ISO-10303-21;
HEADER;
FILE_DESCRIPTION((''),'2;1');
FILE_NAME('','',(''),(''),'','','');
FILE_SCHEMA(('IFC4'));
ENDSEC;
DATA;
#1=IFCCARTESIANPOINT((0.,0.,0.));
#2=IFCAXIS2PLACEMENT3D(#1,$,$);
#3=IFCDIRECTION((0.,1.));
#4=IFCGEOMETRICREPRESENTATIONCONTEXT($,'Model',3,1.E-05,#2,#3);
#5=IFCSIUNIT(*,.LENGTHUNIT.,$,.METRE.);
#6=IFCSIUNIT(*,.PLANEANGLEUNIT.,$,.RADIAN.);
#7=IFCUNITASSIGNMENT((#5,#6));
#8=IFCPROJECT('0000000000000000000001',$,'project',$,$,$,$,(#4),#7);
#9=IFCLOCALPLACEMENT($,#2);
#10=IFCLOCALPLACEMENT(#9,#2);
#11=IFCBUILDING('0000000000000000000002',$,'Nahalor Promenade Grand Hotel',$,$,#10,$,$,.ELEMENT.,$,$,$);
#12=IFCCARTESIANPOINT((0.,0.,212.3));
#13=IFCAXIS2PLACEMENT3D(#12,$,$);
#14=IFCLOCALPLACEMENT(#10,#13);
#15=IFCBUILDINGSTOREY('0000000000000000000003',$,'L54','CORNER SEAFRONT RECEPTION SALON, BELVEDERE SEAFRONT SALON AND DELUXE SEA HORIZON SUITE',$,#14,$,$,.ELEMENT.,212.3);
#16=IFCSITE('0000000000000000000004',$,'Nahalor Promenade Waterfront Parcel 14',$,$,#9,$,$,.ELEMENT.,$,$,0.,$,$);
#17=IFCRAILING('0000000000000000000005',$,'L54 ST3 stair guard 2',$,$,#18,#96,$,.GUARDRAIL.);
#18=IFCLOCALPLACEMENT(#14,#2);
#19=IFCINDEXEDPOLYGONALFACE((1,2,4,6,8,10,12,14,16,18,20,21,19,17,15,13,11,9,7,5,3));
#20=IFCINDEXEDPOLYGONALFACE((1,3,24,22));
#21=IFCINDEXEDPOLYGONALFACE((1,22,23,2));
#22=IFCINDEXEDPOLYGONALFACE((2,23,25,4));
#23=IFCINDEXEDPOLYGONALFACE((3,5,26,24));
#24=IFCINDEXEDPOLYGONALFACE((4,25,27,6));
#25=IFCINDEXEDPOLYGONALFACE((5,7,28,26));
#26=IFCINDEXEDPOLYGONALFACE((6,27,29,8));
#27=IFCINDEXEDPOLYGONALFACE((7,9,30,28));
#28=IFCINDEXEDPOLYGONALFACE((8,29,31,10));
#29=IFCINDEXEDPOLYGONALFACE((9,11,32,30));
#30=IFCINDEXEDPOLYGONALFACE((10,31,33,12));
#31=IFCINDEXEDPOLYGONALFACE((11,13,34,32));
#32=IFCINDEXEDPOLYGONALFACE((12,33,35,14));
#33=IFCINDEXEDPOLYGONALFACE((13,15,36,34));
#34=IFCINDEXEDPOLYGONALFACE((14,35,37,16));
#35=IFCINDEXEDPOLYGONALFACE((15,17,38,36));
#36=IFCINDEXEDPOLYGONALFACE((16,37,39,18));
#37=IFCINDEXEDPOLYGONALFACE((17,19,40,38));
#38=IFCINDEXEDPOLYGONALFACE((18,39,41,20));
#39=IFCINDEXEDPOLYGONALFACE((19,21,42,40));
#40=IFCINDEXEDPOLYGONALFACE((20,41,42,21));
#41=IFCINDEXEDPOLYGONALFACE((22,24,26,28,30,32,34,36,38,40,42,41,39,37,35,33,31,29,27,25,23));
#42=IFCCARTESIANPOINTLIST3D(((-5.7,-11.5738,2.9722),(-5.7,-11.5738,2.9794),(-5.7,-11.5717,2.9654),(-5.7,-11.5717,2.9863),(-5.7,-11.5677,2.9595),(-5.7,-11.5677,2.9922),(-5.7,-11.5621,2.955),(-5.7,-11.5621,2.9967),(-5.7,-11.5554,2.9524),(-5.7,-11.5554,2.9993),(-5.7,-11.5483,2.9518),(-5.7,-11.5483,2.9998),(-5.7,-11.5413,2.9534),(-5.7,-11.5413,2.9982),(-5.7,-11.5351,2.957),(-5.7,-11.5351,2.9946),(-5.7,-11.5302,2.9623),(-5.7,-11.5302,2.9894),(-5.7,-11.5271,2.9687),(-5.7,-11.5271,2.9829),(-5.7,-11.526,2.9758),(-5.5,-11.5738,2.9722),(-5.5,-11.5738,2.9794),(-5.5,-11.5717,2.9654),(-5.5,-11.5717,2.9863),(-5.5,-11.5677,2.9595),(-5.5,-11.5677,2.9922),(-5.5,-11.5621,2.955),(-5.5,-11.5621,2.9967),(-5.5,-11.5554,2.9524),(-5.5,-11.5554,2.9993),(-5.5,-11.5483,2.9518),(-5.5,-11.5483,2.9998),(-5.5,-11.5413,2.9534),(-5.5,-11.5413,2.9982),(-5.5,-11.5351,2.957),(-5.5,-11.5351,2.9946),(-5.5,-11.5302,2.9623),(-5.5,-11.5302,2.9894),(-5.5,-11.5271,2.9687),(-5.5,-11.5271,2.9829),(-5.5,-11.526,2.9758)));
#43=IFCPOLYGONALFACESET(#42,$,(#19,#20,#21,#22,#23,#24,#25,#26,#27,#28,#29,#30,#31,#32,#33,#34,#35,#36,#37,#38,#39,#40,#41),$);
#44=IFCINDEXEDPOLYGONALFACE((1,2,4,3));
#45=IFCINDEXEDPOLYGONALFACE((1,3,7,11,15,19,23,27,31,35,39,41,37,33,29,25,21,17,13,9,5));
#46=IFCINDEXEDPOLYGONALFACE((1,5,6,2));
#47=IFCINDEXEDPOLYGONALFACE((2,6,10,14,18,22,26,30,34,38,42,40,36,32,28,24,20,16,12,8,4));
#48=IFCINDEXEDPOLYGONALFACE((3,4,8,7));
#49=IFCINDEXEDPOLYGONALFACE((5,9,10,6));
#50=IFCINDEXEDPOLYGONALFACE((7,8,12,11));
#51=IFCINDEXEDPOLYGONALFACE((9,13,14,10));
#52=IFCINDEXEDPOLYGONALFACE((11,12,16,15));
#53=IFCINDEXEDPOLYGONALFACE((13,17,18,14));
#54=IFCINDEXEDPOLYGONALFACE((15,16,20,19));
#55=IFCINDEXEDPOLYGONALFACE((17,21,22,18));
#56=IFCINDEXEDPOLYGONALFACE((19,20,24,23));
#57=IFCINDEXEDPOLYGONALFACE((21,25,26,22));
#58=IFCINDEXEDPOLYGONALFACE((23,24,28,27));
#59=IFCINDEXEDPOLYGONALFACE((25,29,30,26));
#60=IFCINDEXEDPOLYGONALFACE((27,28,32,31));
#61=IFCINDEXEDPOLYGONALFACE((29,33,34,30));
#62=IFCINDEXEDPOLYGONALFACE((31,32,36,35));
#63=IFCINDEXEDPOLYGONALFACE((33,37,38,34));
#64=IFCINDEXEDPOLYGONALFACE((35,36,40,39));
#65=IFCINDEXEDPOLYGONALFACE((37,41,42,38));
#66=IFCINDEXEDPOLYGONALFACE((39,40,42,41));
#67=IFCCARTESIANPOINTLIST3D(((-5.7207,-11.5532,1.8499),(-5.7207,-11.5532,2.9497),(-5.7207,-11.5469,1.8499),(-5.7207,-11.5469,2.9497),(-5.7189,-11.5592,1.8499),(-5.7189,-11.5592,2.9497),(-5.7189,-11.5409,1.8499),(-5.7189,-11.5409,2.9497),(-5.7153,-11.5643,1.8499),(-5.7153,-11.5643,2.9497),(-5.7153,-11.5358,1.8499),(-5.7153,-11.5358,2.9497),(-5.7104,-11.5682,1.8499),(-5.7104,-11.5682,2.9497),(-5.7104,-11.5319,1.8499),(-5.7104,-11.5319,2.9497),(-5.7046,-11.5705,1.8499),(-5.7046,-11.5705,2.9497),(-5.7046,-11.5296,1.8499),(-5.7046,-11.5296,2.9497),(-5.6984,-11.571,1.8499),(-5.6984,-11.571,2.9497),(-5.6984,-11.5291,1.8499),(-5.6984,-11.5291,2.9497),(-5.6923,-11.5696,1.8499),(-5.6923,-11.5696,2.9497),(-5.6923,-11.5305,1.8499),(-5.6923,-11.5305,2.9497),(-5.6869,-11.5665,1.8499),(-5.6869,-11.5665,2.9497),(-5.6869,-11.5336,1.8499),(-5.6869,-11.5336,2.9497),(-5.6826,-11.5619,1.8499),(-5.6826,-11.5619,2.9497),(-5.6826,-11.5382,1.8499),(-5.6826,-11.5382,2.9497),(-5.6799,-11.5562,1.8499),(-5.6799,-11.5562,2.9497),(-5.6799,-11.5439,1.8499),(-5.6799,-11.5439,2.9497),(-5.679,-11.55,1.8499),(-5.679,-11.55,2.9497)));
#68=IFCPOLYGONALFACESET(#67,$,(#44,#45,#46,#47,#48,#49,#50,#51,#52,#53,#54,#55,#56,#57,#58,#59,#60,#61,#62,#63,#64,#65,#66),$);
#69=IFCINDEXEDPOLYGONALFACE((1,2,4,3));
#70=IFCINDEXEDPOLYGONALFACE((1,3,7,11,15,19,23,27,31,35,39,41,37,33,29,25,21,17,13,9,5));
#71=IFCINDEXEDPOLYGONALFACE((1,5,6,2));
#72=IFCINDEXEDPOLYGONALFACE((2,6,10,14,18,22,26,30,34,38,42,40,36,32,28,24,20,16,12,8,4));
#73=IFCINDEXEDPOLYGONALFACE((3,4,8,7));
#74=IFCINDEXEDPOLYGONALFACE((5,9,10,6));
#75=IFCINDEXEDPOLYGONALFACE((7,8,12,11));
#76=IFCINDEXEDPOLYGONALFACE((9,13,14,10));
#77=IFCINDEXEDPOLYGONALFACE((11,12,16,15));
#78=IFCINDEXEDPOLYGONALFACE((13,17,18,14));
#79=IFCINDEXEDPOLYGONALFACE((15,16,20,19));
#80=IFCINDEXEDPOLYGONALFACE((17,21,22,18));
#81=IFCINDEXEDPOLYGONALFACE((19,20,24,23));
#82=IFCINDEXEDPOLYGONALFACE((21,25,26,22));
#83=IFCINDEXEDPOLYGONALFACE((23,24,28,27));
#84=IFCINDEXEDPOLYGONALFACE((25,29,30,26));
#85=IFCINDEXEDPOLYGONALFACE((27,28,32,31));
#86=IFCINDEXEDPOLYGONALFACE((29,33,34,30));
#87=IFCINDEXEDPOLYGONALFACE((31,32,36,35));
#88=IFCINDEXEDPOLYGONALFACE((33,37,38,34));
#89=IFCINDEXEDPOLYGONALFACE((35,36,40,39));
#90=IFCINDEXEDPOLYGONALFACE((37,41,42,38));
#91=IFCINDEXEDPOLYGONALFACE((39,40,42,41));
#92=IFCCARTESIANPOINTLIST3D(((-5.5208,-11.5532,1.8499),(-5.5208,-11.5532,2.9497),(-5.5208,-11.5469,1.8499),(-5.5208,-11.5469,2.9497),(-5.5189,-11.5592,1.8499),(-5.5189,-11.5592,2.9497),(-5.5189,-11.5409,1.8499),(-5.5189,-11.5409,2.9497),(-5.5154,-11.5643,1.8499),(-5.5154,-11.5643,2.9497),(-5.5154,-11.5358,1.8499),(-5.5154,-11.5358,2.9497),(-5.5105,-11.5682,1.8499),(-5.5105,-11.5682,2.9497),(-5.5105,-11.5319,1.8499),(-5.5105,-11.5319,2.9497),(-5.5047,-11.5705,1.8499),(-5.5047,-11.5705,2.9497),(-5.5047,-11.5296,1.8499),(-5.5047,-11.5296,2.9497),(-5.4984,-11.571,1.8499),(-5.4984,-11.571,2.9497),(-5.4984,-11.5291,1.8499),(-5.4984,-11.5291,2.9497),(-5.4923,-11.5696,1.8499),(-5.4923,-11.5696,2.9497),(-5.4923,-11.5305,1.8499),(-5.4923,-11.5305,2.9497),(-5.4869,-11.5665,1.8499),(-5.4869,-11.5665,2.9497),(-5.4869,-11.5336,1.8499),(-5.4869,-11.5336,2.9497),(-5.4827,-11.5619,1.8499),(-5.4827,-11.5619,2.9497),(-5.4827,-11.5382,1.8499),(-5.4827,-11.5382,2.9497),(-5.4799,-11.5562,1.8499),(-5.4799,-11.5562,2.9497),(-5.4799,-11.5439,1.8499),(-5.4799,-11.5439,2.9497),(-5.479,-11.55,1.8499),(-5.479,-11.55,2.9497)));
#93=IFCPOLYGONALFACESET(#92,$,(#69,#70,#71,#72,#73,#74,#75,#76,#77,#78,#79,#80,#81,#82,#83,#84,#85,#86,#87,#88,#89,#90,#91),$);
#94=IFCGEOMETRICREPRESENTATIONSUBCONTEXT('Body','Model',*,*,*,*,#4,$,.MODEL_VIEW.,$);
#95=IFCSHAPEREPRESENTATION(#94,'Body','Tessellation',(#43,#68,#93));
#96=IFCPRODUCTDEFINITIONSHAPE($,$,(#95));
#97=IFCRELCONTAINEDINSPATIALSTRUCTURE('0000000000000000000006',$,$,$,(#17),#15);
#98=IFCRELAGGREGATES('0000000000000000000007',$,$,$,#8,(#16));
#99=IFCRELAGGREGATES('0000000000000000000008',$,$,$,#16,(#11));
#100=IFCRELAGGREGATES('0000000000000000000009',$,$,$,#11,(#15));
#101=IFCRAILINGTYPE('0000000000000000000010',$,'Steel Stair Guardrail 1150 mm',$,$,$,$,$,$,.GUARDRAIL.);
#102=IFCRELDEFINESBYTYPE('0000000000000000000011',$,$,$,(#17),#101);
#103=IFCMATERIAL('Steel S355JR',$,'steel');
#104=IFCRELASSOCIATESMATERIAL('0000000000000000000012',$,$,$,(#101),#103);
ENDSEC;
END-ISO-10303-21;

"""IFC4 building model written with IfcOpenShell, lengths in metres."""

from ifc_helpers import new_model, si_unit, direction, frame, origin, origin_2d, place, context, subcontext, project, spatial, circle, extrude, material, type_object, element, save


model = new_model("IFC4")

# Units and contexts
model_context = context("Model", 3, precision=1e-05, world=origin(), true_north=direction((0.0, 1.0)))
body_context = subcontext(model_context, "Body", "Model", "MODEL_VIEW")
ifc_project = project(units=[si_unit("LENGTHUNIT", "METRE"), si_unit("PLANEANGLEUNIT", "RADIAN")], contexts=[model_context])

# Site, building, storey
site_placement = place(None, origin())
site = spatial("IfcSite", under=ifc_project, at=site_placement, Name="Nahalor Promenade Waterfront Parcel 14", CompositionType="ELEMENT", RefElevation=0.0)
building_placement = place(site_placement, origin())
building = spatial("IfcBuilding", under=site, at=building_placement, Name="Nahalor Promenade Grand Hotel", CompositionType="ELEMENT")
storey_placement = place(building_placement, frame((0.0, 0.0, 212.3)))
storey = spatial("IfcBuildingStorey", under=building, at=storey_placement, Name="L54", Description="CORNER SEAFRONT RECEPTION SALON, BELVEDERE SEAFRONT SALON AND DELUXE SEA HORIZON SUITE", CompositionType="ELEMENT", Elevation=212.3)

# Shared definitions
ifc_material_1 = material(Name="Steel S355JR", Category="steel")

# Railing
railing_type_1 = type_object("IfcRailingType", Name="Steel Stair Guardrail 1150 mm", PredefinedType="GUARDRAIL", material=ifc_material_1)
railing_1_placement = place(storey_placement, frame((-5.7, -11.55, 1.8499)))
element("IfcRailing", 1, at=railing_1_placement, inside=storey, type_object=railing_type_1, Name="L54 ST3 stair guard 2", PredefinedType="GUARDRAIL", context=body_context, shape_type="SweptSolid", body=[
    extrude(circle(Radius=0.024, at=origin_2d()), frame((0.0, 0.0, 1.126), z_axis=(1.0, 0.0, 0.0), x_axis=(0.0, 1.0, 0.0)), (0.0, 0.0, 1.0), 0.2),
    extrude(circle(Radius=0.021, at=origin_2d()), origin(), (0.0, 0.0, 1.0), 1.0999),
    extrude(circle(Radius=0.021, at=origin_2d()), frame((0.2, 0.0, 0.0)), (0.0, 0.0, 1.0), 1.0999),
])

save(model, "model.ifc")
